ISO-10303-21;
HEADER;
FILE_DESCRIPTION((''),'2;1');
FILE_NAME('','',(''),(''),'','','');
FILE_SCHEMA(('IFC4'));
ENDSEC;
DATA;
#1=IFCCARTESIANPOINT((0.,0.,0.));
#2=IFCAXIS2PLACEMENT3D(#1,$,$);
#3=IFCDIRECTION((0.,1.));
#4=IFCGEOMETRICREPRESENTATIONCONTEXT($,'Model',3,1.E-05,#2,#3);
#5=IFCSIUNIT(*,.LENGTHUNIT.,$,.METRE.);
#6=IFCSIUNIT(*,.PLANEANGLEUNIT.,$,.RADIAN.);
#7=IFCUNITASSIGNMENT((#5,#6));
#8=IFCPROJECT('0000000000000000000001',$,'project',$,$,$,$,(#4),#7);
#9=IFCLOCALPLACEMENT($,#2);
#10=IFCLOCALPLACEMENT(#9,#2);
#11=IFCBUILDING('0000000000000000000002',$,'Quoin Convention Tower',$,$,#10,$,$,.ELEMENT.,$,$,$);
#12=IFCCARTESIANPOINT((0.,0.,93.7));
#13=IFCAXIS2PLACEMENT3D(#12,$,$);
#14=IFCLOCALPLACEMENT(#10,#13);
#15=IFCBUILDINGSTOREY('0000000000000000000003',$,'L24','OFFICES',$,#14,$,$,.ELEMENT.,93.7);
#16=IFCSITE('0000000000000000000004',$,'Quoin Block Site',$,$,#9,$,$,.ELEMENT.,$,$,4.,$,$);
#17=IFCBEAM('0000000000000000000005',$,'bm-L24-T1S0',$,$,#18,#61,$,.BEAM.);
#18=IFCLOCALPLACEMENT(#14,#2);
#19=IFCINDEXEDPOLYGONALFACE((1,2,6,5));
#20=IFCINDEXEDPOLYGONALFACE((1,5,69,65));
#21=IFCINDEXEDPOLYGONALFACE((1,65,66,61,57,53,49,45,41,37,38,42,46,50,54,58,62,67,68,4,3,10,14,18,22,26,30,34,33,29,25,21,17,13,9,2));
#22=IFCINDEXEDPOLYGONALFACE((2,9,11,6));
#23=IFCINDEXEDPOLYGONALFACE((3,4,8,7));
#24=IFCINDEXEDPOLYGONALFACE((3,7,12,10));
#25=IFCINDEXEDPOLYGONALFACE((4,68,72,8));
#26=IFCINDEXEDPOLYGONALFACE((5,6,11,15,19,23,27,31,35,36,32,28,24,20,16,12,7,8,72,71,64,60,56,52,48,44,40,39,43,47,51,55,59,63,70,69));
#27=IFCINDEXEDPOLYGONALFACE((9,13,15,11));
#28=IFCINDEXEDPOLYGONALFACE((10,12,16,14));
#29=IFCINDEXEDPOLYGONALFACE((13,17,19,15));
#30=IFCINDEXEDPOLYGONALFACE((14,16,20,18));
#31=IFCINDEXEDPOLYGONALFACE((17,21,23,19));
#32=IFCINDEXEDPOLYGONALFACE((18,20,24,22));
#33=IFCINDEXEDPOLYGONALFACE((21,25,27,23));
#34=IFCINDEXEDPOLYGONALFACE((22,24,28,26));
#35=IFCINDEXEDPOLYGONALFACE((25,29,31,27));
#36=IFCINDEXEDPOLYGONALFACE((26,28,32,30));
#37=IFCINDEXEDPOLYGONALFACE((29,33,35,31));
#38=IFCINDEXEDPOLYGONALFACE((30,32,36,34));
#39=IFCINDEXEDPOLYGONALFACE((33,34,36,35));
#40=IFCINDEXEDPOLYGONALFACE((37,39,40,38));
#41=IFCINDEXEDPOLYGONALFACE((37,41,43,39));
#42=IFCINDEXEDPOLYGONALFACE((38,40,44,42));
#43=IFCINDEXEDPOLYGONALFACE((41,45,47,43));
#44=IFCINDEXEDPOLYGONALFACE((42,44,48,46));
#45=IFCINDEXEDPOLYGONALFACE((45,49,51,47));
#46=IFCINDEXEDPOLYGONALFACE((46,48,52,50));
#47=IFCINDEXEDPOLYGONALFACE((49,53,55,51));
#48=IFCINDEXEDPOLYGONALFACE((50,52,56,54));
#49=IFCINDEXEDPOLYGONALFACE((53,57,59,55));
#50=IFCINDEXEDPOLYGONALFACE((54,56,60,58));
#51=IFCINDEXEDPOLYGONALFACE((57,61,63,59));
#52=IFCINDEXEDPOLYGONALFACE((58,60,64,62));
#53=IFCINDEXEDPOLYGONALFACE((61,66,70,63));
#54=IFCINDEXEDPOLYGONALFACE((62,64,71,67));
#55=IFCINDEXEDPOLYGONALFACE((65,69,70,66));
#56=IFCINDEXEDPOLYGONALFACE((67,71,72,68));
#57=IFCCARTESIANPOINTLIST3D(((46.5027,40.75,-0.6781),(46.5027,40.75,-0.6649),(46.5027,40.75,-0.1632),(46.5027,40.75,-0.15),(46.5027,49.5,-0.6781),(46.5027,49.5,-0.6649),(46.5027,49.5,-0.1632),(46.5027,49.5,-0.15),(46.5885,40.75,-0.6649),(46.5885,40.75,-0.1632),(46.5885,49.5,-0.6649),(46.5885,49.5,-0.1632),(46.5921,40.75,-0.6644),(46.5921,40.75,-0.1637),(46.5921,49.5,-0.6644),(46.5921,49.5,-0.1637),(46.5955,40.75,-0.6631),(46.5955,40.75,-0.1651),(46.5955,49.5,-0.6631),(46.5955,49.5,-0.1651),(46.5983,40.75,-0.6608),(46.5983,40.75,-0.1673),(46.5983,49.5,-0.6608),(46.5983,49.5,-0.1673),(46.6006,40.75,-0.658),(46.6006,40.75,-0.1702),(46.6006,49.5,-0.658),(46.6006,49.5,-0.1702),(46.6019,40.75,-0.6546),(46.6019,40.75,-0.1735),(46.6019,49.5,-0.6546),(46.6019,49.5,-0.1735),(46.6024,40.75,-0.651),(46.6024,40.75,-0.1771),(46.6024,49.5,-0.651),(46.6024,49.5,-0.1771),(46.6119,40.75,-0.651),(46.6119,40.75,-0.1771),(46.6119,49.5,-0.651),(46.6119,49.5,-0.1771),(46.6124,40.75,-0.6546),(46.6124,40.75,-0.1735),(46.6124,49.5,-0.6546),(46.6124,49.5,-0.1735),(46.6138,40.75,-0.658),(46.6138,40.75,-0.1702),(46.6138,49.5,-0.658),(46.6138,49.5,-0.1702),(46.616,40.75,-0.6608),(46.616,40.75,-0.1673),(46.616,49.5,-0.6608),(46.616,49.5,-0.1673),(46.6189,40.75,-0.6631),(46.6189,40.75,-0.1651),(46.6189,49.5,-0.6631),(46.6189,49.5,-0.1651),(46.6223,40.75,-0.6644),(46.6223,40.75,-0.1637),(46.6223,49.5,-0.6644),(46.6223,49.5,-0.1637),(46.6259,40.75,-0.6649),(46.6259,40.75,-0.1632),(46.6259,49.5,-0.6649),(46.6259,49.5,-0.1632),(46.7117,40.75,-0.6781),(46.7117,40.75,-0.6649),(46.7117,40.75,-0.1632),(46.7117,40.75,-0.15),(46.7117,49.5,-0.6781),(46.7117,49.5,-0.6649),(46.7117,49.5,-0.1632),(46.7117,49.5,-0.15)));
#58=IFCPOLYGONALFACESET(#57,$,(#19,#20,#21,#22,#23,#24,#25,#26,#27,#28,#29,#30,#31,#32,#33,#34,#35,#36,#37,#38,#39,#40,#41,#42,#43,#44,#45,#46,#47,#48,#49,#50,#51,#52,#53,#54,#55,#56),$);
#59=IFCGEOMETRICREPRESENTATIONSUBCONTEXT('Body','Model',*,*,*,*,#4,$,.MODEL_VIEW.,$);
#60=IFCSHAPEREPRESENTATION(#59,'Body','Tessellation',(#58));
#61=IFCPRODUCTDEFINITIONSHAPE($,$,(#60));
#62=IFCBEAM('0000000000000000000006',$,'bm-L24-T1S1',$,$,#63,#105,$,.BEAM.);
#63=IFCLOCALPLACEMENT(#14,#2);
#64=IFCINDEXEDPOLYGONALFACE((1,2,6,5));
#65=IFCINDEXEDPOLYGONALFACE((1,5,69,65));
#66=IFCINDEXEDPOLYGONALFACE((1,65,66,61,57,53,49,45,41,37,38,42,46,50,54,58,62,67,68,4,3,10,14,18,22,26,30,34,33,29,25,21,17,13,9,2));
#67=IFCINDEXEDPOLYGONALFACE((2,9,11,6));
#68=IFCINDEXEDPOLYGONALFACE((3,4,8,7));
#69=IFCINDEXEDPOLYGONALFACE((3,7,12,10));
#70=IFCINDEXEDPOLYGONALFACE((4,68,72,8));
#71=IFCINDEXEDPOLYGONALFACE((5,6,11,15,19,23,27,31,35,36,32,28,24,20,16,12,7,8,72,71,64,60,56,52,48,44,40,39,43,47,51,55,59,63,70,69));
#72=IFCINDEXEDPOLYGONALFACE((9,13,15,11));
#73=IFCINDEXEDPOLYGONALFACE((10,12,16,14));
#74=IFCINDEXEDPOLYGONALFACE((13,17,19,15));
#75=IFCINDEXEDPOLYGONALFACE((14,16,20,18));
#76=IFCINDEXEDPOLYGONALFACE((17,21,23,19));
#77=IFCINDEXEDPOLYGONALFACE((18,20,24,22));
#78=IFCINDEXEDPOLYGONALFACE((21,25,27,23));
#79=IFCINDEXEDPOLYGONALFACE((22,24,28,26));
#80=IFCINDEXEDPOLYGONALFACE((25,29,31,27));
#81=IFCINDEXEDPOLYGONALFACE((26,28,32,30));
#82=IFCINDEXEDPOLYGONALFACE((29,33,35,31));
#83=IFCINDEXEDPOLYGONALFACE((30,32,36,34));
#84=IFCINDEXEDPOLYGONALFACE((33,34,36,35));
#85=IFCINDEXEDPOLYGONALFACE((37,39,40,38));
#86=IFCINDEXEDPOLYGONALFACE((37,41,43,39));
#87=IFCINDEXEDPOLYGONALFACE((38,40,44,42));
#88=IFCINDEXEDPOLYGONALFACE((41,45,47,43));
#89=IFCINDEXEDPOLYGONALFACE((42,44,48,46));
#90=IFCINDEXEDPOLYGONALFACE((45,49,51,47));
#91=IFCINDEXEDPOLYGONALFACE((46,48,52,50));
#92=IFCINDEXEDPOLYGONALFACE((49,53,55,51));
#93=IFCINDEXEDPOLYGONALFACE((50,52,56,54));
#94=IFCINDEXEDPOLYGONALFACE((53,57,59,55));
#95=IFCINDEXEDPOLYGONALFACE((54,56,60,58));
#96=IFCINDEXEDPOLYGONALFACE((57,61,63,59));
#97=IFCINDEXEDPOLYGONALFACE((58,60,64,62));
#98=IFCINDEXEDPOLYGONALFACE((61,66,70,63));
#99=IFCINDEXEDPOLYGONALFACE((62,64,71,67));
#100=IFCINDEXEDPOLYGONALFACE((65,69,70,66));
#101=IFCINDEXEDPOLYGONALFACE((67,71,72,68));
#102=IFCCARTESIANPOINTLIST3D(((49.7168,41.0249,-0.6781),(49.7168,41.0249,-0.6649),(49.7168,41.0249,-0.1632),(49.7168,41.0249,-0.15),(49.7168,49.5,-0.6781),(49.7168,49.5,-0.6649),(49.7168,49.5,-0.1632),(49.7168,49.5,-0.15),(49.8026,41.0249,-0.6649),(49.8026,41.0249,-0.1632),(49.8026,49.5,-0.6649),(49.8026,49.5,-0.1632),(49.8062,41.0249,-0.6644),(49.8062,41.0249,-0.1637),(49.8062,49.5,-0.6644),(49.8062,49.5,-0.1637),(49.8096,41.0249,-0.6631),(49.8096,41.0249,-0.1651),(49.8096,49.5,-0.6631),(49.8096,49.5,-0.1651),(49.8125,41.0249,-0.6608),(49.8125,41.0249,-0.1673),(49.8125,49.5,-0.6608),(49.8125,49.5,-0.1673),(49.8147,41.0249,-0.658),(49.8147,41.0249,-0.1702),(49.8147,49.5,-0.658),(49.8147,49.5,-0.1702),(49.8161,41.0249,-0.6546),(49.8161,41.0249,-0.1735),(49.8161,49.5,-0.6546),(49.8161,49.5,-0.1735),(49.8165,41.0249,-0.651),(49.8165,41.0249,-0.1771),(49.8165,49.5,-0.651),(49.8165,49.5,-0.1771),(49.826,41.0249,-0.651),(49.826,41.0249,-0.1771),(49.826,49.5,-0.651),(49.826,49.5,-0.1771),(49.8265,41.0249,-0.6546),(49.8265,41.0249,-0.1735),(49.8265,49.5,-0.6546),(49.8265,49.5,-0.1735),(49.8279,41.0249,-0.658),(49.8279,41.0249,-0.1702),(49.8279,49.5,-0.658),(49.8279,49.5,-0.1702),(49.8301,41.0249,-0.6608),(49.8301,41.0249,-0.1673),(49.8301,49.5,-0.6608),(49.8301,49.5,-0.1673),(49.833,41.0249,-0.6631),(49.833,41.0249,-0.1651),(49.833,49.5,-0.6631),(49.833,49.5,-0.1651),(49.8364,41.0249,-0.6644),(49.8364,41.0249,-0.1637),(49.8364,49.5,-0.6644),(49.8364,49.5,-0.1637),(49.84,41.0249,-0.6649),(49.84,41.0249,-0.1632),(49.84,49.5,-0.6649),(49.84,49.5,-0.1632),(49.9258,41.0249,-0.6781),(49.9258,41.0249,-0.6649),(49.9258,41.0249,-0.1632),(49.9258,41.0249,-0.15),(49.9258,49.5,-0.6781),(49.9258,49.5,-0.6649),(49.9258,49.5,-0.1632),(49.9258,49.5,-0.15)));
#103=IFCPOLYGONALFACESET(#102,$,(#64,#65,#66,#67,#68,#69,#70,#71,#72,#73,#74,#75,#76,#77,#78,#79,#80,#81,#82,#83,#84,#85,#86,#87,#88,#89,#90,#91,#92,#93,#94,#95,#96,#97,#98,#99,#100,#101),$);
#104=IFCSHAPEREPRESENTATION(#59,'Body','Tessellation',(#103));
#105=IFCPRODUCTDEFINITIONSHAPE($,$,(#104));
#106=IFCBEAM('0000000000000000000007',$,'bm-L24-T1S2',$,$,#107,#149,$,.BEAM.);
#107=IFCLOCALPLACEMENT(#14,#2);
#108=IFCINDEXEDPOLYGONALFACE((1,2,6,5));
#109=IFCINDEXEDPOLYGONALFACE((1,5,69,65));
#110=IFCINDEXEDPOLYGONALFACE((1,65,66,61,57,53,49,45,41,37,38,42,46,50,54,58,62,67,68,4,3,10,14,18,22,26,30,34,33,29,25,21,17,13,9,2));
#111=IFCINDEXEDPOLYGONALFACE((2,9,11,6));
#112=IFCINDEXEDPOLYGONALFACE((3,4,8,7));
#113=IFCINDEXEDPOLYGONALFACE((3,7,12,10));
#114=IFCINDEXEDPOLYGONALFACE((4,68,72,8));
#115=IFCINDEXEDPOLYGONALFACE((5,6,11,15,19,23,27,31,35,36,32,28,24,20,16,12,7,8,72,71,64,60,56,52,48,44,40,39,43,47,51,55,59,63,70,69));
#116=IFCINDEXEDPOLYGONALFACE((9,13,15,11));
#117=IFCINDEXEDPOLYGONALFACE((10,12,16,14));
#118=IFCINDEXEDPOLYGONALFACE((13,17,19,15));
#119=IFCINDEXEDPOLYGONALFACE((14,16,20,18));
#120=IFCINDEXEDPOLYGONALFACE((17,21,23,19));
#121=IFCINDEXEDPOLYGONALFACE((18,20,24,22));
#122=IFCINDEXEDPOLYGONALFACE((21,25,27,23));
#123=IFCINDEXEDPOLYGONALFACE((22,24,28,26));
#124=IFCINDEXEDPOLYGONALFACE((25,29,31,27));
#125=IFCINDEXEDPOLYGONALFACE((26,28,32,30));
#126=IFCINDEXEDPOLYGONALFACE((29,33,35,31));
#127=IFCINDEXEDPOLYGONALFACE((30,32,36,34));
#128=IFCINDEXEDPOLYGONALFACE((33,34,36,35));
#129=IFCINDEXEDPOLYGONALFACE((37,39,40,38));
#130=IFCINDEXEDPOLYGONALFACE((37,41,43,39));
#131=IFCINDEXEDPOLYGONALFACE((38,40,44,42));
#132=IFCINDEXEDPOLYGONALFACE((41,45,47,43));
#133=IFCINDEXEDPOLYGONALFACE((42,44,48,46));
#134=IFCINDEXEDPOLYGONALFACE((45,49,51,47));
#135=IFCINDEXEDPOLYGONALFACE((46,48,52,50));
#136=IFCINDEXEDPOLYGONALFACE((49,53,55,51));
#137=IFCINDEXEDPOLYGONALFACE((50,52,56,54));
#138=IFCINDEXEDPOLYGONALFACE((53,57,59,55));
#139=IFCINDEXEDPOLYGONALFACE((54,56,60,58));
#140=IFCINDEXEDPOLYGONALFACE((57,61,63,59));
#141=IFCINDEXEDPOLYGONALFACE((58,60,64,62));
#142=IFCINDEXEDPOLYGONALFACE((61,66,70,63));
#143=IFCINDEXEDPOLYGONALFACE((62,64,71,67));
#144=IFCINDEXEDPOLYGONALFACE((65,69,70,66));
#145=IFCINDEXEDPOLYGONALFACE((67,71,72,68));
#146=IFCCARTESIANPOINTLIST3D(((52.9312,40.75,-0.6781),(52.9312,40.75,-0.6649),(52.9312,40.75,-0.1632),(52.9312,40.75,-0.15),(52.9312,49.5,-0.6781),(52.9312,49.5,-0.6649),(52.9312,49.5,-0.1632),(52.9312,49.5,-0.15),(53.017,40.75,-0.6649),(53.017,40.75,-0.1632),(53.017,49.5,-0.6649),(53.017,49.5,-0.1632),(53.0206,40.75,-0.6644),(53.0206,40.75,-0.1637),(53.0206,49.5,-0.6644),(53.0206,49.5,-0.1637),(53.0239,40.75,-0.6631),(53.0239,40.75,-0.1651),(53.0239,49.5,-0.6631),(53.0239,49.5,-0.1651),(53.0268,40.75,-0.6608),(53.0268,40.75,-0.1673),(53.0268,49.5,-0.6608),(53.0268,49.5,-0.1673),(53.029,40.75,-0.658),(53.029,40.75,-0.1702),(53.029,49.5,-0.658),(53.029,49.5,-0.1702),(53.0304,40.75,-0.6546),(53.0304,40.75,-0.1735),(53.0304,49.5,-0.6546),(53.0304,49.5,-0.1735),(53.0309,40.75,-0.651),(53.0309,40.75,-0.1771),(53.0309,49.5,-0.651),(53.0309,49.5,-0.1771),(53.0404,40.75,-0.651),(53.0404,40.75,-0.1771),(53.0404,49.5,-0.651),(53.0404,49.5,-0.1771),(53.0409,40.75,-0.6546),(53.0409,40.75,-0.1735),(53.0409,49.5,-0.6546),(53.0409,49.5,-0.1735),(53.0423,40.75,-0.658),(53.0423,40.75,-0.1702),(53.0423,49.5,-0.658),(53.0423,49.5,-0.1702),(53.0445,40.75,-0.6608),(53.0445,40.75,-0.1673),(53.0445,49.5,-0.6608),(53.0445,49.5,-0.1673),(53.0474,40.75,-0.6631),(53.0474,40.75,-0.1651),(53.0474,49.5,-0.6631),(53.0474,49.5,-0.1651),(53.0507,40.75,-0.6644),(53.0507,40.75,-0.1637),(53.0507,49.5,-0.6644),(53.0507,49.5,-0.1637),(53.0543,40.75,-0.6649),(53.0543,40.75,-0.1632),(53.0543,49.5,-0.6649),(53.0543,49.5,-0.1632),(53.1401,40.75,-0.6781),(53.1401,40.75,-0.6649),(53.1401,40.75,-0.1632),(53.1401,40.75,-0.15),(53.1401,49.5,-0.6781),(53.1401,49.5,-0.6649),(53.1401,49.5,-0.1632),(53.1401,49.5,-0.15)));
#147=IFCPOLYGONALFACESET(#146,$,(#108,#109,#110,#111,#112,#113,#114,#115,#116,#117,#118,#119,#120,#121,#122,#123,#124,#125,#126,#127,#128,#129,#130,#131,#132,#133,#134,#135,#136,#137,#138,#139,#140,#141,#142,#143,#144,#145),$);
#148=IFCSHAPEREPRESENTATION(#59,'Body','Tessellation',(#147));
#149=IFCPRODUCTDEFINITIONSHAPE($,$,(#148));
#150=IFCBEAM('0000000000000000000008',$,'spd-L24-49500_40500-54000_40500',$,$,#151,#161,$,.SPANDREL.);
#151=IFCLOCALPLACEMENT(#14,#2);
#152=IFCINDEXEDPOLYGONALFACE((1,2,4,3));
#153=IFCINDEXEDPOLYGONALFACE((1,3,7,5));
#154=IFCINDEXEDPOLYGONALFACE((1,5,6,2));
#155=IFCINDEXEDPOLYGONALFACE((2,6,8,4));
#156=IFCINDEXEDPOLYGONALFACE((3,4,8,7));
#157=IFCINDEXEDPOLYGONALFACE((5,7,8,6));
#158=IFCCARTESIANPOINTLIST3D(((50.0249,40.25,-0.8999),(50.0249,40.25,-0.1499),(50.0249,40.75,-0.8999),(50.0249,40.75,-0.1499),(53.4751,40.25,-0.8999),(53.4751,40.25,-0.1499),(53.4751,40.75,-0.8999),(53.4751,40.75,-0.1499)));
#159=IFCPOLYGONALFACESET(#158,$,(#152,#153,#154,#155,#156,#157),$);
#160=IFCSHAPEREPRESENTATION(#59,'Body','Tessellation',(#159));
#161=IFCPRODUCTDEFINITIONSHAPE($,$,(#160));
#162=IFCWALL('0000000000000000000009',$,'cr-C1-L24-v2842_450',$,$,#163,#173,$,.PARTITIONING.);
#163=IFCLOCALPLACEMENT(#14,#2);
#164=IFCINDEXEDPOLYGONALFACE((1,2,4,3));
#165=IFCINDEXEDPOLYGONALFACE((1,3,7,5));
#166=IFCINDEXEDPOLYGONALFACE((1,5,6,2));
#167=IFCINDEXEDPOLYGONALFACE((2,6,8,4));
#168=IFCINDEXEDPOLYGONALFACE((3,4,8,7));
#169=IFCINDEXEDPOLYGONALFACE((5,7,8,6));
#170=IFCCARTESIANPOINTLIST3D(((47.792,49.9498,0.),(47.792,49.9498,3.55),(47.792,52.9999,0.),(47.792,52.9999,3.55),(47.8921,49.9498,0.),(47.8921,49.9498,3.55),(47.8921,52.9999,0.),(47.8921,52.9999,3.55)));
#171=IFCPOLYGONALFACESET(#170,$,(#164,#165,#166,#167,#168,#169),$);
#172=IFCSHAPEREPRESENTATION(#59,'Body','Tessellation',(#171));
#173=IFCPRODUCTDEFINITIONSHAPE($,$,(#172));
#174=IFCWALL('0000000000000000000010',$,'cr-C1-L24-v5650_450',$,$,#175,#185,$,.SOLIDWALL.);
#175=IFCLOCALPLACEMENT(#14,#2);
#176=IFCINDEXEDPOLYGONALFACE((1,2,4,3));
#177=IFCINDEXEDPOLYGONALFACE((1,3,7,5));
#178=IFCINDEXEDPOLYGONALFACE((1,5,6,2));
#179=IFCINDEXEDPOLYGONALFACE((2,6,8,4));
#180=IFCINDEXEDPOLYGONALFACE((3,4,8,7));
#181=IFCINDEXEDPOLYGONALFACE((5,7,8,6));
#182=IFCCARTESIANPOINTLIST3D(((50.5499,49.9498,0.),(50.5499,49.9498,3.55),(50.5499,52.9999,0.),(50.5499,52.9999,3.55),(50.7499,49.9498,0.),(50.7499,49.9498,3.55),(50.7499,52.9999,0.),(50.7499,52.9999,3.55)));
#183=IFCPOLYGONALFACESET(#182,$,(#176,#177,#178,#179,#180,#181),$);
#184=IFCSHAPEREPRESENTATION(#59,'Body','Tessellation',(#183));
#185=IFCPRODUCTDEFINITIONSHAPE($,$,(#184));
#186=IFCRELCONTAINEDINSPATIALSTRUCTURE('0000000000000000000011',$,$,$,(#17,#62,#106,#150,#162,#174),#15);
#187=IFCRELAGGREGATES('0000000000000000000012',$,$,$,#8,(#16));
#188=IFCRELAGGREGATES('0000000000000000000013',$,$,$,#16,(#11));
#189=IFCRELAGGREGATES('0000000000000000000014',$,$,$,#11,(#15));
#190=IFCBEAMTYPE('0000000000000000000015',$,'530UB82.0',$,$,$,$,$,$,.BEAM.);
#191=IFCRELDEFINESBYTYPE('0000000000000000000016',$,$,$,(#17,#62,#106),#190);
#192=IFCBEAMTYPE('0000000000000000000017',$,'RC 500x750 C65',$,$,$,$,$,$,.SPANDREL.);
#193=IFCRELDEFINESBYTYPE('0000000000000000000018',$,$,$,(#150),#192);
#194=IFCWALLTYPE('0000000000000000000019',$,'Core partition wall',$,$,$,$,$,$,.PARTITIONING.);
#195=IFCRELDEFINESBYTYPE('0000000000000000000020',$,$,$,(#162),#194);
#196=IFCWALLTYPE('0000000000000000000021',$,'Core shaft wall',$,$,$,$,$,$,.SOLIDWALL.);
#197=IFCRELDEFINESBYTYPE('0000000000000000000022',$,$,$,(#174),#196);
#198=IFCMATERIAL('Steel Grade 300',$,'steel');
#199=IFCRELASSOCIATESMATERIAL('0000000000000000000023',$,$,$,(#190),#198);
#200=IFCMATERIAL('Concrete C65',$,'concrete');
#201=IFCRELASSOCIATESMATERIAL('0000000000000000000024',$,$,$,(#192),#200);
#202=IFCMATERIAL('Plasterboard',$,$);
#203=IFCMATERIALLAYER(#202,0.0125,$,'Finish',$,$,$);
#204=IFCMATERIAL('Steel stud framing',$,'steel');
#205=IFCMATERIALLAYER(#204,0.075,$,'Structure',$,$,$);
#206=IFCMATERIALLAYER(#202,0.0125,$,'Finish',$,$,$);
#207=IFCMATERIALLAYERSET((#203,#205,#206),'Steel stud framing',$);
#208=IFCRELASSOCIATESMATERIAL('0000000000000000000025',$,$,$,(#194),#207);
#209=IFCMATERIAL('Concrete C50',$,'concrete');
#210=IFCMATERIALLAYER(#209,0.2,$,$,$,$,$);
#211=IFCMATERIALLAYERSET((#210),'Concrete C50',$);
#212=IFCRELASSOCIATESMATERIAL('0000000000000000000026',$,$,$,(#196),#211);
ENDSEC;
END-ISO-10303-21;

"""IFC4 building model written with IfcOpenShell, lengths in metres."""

from ifc_helpers import new_model, si_unit, direction, frame, frame_2d, origin, origin_2d, place, context, subcontext, project, spatial, rectangle, i_section, extrude, material, layer, layer_set, material_profile, profile_set, type_object, element, save


model = new_model("IFC4")

# Units and contexts
model_context = context("Model", 3, precision=1e-05, world=origin(), true_north=direction((0.0, 1.0)))
body_context = subcontext(model_context, "Body", "Model", "MODEL_VIEW")
ifc_project = project(units=[si_unit("LENGTHUNIT", "METRE"), si_unit("PLANEANGLEUNIT", "RADIAN")], contexts=[model_context])

# Site, building, storey
site_placement = place(None, origin())
site = spatial("IfcSite", under=ifc_project, at=site_placement, Name="Quoin Block Site", CompositionType="ELEMENT", RefElevation=4.0)
building_placement = place(site_placement, origin())
building = spatial("IfcBuilding", under=site, at=building_placement, Name="Quoin Convention Tower", CompositionType="ELEMENT")
storey_placement = place(building_placement, frame((0.0, 0.0, 93.7)))
storey = spatial("IfcBuildingStorey", under=building, at=storey_placement, Name="L24", Description="OFFICES", CompositionType="ELEMENT", Elevation=93.7)

# Beams
ifc_material_1 = material(Name="Steel Grade 300", Category="steel")
ifc_material_profile_1 = material_profile(ifc_material_1, i_section(OverallWidth=0.209, OverallDepth=0.5281, WebThickness=0.0095, FlangeThickness=0.0132, FilletRadius=0.0139, at=origin_2d()), Name="530UB82.0")
ifc_profile_set_1 = profile_set([ifc_material_profile_1], Name="Steel Grade 300")
beam_type_1 = type_object("IfcBeamType", Name="530UB82.0", PredefinedType="BEAM", material=ifc_profile_set_1)
beam_1_placement = place(storey_placement, frame((46.6072, 40.75, -0.4141), z_axis=(0.0, 1.0, 0.0), x_axis=(-1.0, 0.0, 0.0)))
element("IfcBeam", 1, at=beam_1_placement, inside=storey, type_object=beam_type_1, Name="bm-L24-T1S0", PredefinedType="BEAM", context=body_context, shape_type="SweptSolid", body=[
    extrude(i_section(OverallWidth=0.209, OverallDepth=0.5281, WebThickness=0.0095, FlangeThickness=0.0132, FilletRadius=0.0139, at=origin_2d()), origin(), (0.0, 0.0, 1.0), 8.75),
])
beam_2_placement = place(storey_placement, frame((49.8213, 41.0249, -0.4141), z_axis=(0.0, 1.0, 0.0), x_axis=(-1.0, 0.0, 0.0)))
element("IfcBeam", 2, at=beam_2_placement, inside=storey, type_object=beam_type_1, Name="bm-L24-T1S1", PredefinedType="BEAM", context=body_context, shape_type="SweptSolid", body=[
    extrude(i_section(OverallWidth=0.209, OverallDepth=0.5281, WebThickness=0.0095, FlangeThickness=0.0132, FilletRadius=0.0139, at=origin_2d()), origin(), (0.0, 0.0, 1.0), 8.4751),
])
beam_3_placement = place(storey_placement, frame((53.0356, 40.75, -0.4141), z_axis=(0.0, 1.0, 0.0), x_axis=(-1.0, 0.0, 0.0)))
element("IfcBeam", 3, at=beam_3_placement, inside=storey, type_object=beam_type_1, Name="bm-L24-T1S2", PredefinedType="BEAM", context=body_context, shape_type="SweptSolid", body=[
    extrude(i_section(OverallWidth=0.209, OverallDepth=0.5281, WebThickness=0.0095, FlangeThickness=0.0132, FilletRadius=0.0139, at=origin_2d()), origin(), (0.0, 0.0, 1.0), 8.75),
])
ifc_material_2 = material(Name="Concrete C65", Category="concrete")
ifc_material_profile_2 = material_profile(ifc_material_2, rectangle(XDim=0.5, YDim=0.75, at=origin_2d()), Name="RC 500x750")
ifc_profile_set_2 = profile_set([ifc_material_profile_2], Name="Concrete C65")
beam_type_2 = type_object("IfcBeamType", Name="RC 500x750 C65", PredefinedType="SPANDREL", material=ifc_profile_set_2)
beam_4_placement = place(storey_placement, frame((50.0249, 40.5, -0.5249), z_axis=(1.0, 0.0, 0.0), x_axis=(0.0, 1.0, 0.0)))
element("IfcBeam", 4, at=beam_4_placement, inside=storey, type_object=beam_type_2, Name="spd-L24-49500_40500-54000_40500", PredefinedType="SPANDREL", context=body_context, shape_type="SweptSolid", body=[
    extrude(rectangle(XDim=0.5, YDim=0.75, at=origin_2d()), origin(), (0.0, 0.0, 1.0), 3.4502),
])

# Walls
ifc_material_3 = material(Name="Plasterboard")
ifc_layer_1 = layer(ifc_material_3, 0.0125, Name="Finish")
ifc_material_4 = material(Name="Steel stud framing", Category="steel")
ifc_layer_2 = layer(ifc_material_4, 0.075, Name="Structure")
ifc_layer_3 = layer(ifc_material_3, 0.0125, Name="Finish")
ifc_layer_set_1 = layer_set([ifc_layer_1, ifc_layer_2, ifc_layer_3], Name="Steel stud framing")
wall_type_1 = type_object("IfcWallType", Name="Core partition wall", PredefinedType="PARTITIONING", material=ifc_layer_set_1)
wall_1_placement = place(storey_placement, frame((47.842, 49.95, 0.0), z_axis=(0.0, 0.0, 1.0), x_axis=(0.0, 1.0, 0.0)))
element("IfcWall", 5, at=wall_1_placement, inside=storey, type_object=wall_type_1, Name="cr-C1-L24-v2842_450", PredefinedType="PARTITIONING", context=body_context, shape_type="SweptSolid", body=[
    extrude(rectangle(XDim=3.05, YDim=0.1001, at=frame_2d((1.5249, 0.0))), origin(), (0.0, 0.0, 1.0), 3.55),
])
ifc_material_5 = material(Name="Concrete C50", Category="concrete")
ifc_layer_4 = layer(ifc_material_5, 0.2)
ifc_layer_set_2 = layer_set([ifc_layer_4], Name="Concrete C50")
wall_type_2 = type_object("IfcWallType", Name="Core shaft wall", PredefinedType="SOLIDWALL", material=ifc_layer_set_2)
wall_2_placement = place(storey_placement, frame((50.6499, 49.95, 0.0), z_axis=(0.0, 0.0, 1.0), x_axis=(0.0, 1.0, 0.0)))
element("IfcWall", 6, at=wall_2_placement, inside=storey, type_object=wall_type_2, Name="cr-C1-L24-v5650_450", PredefinedType="SOLIDWALL", context=body_context, shape_type="SweptSolid", body=[
    extrude(rectangle(XDim=3.05, YDim=0.2, at=frame_2d((1.5249, 0.0))), origin(), (0.0, 0.0, 1.0), 3.55),
])

save(model, "model.ifc")
